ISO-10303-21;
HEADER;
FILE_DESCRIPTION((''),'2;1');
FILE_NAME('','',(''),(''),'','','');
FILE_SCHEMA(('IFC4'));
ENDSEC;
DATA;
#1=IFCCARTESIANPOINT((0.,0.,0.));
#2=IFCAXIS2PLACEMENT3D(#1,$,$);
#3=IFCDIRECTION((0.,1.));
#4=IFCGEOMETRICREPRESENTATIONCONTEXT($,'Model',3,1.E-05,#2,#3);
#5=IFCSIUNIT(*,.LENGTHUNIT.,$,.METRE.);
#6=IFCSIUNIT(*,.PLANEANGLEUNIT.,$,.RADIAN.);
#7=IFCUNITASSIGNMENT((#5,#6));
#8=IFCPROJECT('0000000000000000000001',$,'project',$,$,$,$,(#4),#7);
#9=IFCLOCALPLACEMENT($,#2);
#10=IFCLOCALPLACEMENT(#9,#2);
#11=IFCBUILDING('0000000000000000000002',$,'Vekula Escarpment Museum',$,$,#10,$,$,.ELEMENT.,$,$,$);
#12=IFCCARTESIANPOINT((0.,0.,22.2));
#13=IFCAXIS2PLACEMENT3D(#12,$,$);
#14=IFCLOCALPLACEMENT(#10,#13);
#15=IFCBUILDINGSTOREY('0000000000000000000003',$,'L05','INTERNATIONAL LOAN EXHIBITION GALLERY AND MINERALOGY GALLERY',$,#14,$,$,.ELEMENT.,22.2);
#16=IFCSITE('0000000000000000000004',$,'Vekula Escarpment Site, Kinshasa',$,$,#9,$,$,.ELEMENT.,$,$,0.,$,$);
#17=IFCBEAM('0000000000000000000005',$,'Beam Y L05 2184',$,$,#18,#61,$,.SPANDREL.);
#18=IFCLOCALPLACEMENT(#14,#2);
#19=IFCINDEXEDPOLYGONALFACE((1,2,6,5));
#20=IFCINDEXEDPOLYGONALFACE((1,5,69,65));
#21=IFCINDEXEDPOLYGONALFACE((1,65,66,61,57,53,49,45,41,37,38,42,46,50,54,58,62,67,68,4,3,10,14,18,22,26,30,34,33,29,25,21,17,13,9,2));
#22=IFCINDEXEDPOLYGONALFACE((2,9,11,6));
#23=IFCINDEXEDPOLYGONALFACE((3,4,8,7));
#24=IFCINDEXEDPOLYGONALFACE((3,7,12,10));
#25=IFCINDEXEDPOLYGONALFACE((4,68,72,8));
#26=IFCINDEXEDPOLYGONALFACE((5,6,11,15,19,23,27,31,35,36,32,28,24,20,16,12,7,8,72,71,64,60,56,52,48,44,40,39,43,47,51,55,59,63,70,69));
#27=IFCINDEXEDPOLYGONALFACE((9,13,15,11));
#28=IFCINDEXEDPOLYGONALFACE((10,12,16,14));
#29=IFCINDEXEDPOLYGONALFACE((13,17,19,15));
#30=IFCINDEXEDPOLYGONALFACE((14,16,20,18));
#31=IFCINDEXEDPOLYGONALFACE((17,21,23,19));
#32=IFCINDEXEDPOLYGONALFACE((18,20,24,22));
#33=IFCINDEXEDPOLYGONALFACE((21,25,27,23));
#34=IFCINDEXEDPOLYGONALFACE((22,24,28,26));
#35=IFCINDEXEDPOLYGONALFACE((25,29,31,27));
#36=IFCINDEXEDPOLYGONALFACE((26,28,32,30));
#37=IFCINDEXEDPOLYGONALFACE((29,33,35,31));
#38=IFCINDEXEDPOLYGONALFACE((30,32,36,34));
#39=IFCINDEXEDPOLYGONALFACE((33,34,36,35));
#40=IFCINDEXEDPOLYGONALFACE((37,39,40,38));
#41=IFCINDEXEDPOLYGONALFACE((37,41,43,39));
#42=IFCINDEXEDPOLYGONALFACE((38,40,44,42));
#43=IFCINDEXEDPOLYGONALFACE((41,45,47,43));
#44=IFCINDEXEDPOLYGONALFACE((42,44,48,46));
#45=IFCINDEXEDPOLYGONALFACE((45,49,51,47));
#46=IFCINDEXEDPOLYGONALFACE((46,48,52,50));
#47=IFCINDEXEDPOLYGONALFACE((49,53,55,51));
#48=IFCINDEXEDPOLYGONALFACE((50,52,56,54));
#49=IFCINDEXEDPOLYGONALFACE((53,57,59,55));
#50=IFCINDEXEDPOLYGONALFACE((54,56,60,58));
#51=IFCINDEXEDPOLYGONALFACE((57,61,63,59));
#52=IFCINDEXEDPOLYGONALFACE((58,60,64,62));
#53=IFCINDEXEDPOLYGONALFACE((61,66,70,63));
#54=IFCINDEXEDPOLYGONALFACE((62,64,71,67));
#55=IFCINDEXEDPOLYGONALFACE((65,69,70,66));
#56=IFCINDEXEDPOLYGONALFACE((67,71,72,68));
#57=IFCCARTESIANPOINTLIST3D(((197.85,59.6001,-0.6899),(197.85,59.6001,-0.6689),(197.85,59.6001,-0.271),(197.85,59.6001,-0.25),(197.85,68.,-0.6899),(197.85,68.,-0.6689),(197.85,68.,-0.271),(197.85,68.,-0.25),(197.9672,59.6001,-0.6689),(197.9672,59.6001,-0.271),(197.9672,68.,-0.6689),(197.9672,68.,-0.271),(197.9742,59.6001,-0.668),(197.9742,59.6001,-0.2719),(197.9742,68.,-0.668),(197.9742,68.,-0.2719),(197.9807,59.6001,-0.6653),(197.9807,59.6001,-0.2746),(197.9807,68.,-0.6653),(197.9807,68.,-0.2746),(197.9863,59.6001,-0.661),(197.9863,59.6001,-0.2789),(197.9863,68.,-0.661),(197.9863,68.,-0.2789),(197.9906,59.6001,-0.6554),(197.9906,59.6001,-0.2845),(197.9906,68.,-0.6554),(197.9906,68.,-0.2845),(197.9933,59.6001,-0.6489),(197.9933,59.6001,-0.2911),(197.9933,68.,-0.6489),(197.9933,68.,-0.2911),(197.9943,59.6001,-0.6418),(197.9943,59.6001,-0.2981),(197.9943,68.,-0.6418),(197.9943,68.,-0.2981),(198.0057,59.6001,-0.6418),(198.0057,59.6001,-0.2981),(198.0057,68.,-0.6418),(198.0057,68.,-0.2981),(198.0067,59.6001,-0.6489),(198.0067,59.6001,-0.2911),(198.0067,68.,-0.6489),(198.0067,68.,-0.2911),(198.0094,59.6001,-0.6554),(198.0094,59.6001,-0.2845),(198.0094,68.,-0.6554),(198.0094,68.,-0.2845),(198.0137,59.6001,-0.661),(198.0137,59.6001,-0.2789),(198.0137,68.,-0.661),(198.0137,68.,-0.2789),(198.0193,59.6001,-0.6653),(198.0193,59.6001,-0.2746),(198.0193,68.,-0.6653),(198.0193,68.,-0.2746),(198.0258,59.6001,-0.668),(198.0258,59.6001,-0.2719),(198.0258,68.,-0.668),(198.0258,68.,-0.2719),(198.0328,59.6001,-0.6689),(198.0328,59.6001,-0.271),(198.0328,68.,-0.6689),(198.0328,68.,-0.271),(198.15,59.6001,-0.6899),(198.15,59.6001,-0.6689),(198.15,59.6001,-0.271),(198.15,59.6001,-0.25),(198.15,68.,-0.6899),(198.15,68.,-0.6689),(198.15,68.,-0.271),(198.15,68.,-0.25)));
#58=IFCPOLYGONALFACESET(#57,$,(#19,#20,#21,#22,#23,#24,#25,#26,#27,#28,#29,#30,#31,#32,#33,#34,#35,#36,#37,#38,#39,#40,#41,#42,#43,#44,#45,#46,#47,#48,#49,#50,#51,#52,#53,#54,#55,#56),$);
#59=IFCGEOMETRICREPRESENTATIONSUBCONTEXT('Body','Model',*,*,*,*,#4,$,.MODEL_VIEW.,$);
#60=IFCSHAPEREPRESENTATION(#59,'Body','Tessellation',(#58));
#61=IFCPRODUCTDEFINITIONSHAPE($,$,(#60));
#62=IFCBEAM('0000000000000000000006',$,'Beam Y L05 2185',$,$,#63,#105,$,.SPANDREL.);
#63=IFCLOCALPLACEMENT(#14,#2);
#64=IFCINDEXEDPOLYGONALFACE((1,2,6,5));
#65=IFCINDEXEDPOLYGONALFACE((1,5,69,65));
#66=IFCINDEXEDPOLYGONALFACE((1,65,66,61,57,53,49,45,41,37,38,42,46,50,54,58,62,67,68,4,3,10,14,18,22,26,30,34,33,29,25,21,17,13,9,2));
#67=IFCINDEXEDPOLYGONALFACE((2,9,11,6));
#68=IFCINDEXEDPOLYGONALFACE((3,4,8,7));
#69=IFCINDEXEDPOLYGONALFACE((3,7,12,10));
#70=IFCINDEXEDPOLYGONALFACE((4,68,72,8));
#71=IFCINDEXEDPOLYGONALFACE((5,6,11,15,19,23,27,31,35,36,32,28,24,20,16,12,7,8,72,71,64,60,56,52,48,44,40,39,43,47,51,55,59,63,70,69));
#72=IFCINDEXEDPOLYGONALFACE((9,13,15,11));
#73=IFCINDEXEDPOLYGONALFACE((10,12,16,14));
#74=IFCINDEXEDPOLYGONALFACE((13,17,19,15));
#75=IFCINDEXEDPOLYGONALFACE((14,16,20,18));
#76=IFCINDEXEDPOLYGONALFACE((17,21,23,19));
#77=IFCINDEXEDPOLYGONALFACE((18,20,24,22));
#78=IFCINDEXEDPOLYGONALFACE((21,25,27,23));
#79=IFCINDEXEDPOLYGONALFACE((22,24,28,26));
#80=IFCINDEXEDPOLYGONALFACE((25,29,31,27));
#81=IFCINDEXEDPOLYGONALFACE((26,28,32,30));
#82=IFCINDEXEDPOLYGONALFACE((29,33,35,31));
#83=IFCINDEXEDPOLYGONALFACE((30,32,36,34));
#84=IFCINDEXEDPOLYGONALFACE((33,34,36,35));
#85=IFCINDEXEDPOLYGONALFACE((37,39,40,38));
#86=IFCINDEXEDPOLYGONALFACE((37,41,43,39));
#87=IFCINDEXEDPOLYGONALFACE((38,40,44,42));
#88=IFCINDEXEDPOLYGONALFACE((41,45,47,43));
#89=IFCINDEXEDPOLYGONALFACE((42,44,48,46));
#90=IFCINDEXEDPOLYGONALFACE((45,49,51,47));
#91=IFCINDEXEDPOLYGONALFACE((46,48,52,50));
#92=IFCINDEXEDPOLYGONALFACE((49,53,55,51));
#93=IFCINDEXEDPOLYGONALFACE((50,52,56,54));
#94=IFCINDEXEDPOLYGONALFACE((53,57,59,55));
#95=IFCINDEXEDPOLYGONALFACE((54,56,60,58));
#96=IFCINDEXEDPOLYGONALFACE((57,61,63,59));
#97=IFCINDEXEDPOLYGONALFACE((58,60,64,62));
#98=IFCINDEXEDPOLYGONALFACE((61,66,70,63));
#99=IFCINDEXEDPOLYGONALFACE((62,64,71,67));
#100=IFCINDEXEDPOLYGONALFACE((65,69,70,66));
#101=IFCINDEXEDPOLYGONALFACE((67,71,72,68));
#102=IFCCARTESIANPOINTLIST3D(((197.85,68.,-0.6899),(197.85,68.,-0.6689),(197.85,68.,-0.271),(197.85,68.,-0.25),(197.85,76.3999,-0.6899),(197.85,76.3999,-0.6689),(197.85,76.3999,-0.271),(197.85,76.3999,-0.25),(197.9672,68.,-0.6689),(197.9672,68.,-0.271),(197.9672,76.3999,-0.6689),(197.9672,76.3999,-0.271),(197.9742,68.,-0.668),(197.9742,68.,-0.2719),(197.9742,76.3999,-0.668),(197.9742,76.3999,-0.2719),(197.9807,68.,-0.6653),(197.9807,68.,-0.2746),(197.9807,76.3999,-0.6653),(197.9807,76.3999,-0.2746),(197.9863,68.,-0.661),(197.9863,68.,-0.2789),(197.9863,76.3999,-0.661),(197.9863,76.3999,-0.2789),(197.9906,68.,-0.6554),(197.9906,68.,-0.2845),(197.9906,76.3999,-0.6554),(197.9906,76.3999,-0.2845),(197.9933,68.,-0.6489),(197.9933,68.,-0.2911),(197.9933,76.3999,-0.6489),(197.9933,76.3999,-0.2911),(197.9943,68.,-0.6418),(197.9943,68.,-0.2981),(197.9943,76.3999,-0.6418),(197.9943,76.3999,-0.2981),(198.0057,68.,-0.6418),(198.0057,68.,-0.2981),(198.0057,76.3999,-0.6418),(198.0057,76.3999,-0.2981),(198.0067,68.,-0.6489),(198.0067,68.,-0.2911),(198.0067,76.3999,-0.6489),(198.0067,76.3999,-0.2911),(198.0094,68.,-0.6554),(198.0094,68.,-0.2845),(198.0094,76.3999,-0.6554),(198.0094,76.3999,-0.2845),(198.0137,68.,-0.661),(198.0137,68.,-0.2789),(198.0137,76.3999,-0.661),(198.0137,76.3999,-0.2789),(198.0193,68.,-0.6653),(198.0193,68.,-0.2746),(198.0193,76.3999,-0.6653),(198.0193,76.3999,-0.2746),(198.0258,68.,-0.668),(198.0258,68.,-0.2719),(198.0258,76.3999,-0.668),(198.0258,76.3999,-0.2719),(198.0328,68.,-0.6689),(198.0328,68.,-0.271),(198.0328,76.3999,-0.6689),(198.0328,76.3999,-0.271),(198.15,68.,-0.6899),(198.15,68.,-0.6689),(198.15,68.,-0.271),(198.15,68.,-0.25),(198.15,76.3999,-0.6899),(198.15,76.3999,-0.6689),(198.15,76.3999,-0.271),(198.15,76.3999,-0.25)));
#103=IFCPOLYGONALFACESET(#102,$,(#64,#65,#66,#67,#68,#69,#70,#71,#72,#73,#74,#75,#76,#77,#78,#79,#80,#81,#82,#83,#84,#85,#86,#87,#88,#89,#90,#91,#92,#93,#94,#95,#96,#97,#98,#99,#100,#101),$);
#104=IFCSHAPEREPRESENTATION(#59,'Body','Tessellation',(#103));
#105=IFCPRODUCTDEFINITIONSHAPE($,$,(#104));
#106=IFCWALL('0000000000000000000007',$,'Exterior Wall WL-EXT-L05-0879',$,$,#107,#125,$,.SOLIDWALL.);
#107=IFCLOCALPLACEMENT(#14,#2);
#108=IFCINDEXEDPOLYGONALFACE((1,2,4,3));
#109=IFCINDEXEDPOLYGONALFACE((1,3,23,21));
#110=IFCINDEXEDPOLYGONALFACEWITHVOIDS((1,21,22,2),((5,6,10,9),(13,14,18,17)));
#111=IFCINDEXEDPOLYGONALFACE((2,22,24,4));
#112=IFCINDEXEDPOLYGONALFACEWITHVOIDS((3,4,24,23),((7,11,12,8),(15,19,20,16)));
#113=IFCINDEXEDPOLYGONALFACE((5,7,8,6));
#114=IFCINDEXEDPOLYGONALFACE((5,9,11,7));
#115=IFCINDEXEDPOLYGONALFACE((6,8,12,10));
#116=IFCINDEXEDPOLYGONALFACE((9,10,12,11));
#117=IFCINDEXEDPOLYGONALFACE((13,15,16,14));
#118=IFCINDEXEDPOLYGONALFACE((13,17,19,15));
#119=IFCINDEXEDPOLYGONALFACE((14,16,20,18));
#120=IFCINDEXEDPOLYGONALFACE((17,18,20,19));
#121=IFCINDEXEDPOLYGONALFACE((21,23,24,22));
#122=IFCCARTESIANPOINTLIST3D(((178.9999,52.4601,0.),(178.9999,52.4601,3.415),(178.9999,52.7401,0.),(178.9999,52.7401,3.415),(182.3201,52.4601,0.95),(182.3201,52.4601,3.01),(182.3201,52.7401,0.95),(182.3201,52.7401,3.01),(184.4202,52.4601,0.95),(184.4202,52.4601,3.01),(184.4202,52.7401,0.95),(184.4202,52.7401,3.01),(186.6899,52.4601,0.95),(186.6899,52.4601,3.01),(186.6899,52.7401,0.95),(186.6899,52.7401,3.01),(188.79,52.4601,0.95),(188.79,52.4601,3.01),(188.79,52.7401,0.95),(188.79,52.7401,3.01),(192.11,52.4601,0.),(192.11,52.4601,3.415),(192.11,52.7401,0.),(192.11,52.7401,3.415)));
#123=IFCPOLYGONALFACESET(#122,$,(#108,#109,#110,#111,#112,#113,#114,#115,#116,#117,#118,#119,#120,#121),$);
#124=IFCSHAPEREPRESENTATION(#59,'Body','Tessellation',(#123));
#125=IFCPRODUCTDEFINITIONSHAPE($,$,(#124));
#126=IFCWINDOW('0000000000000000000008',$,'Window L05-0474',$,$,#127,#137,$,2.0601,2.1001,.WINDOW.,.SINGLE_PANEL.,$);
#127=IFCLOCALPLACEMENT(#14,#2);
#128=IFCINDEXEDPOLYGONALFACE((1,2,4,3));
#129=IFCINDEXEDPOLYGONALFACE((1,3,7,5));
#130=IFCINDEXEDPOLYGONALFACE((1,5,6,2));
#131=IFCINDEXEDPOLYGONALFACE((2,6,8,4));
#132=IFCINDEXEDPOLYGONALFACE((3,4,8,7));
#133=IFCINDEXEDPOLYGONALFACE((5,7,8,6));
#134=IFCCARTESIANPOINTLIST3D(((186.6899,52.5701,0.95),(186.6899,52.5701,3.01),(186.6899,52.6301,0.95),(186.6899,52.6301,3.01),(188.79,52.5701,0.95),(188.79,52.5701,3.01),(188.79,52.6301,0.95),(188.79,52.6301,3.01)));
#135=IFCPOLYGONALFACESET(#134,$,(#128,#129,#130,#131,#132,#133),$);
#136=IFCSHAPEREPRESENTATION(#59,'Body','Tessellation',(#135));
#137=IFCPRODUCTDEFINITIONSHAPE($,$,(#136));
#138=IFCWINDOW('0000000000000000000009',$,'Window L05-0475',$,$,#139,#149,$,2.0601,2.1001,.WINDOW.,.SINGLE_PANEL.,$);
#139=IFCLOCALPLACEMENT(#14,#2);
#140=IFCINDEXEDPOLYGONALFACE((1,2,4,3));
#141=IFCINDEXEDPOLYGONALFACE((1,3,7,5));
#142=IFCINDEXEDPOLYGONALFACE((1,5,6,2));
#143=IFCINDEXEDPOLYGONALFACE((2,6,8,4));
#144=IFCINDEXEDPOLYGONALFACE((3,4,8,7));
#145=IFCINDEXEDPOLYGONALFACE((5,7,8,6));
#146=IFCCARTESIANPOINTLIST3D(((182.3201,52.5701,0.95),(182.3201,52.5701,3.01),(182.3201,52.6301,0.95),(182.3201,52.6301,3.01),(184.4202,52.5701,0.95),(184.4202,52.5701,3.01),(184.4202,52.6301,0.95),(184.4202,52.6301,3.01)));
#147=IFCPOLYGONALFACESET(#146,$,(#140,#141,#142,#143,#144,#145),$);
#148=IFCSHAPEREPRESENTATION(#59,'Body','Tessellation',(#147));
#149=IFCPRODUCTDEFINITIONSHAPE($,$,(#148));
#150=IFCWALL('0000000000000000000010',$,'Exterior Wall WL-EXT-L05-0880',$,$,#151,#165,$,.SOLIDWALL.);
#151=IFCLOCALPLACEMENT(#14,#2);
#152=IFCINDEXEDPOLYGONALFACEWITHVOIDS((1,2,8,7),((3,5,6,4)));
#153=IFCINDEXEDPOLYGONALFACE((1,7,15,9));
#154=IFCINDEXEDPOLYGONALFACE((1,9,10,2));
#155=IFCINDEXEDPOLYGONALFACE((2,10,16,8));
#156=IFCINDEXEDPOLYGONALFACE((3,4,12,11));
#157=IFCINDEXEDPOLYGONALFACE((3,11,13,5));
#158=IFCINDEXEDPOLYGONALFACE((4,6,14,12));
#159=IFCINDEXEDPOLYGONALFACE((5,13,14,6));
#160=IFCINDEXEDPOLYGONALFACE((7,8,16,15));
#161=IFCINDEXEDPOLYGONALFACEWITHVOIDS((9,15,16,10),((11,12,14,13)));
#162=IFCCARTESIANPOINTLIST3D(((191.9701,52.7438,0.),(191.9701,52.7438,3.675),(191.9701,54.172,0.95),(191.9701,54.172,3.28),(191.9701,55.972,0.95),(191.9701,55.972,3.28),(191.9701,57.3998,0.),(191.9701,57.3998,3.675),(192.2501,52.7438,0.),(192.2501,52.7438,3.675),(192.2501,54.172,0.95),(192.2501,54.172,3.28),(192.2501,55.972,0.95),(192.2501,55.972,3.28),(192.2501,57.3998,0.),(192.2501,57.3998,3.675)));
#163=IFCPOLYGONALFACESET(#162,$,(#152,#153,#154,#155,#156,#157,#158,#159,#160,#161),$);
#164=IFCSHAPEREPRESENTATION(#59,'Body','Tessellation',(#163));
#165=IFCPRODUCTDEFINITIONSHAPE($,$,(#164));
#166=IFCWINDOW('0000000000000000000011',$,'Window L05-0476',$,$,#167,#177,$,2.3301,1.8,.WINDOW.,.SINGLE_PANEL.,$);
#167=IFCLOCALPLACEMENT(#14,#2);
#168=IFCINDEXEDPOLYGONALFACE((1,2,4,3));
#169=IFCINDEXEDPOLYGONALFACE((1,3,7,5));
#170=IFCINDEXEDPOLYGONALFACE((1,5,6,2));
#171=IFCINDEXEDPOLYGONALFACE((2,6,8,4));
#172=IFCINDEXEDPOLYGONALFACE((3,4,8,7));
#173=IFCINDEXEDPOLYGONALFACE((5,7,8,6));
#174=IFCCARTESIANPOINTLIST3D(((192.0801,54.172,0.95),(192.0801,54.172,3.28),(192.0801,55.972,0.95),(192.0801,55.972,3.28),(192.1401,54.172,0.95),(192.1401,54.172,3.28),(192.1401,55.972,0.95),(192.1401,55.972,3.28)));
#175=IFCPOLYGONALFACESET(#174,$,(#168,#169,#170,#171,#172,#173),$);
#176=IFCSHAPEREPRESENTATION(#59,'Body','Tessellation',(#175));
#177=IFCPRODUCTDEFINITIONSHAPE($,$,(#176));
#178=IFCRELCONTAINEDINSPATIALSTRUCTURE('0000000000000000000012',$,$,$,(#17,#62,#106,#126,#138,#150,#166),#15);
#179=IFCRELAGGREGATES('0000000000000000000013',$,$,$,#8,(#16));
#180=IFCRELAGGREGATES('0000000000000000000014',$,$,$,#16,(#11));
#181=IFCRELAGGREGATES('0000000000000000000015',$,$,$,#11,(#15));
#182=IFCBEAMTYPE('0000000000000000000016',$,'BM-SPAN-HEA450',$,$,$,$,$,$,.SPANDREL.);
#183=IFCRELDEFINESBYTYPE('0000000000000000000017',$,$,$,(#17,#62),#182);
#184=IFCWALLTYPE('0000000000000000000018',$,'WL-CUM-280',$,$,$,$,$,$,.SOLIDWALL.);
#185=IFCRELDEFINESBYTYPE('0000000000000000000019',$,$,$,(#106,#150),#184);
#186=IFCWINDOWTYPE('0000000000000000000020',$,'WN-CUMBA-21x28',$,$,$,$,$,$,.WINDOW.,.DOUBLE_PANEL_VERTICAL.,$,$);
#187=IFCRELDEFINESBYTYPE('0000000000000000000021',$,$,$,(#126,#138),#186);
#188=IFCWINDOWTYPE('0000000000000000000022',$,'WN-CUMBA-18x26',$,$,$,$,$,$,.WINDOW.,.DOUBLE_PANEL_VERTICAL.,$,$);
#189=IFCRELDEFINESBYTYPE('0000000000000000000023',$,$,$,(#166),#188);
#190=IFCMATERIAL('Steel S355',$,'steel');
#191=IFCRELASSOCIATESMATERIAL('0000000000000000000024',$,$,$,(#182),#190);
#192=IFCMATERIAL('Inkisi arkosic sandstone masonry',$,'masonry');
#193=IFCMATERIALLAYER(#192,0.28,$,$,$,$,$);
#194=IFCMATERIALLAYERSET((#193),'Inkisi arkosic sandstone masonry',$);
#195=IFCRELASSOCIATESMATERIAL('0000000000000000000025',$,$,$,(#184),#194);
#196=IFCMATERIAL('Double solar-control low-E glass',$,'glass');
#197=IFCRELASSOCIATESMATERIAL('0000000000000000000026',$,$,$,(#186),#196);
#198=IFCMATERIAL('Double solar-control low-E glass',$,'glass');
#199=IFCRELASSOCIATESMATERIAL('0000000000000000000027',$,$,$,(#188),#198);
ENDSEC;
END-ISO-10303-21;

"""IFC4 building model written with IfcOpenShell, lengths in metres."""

from ifc_helpers import new_model, si_unit, direction, frame, frame_2d, origin, origin_2d, place, context, subcontext, project, spatial, rectangle, i_section, extrude, material, layer, layer_set, material_profile, profile_set, type_object, element, fill, save


model = new_model("IFC4")

# Units and contexts
model_context = context("Model", 3, precision=1e-05, world=origin(), true_north=direction((0.0, 1.0)))
body_context = subcontext(model_context, "Body", "Model", "MODEL_VIEW")
ifc_project = project(units=[si_unit("LENGTHUNIT", "METRE"), si_unit("PLANEANGLEUNIT", "RADIAN")], contexts=[model_context])

# Site, building, storey
site_placement = place(None, origin())
site = spatial("IfcSite", under=ifc_project, at=site_placement, Name="Vekula Escarpment Site, Kinshasa", CompositionType="ELEMENT", RefElevation=0.0)
building_placement = place(site_placement, origin())
building = spatial("IfcBuilding", under=site, at=building_placement, Name="Vekula Escarpment Museum", CompositionType="ELEMENT")
storey_placement = place(building_placement, frame((0.0, 0.0, 22.2)))
storey = spatial("IfcBuildingStorey", under=building, at=storey_placement, Name="L05", Description="INTERNATIONAL LOAN EXHIBITION GALLERY AND MINERALOGY GALLERY", CompositionType="ELEMENT", Elevation=22.2)

# Beams
ifc_material_1 = material(Name="Steel S355", Category="steel")
ifc_material_profile_1 = material_profile(ifc_material_1, i_section(OverallWidth=0.3, OverallDepth=0.4399, WebThickness=0.0115, FlangeThickness=0.021, FilletRadius=0.0271, at=origin_2d()), Name="HEA 450")
ifc_profile_set_1 = profile_set([ifc_material_profile_1], Name="Steel S355")
beam_type_1 = type_object("IfcBeamType", Name="BM-SPAN-HEA450", PredefinedType="SPANDREL", material=ifc_profile_set_1)
for number, where, z_axis, x_axis, name in (
    (1, (198.0, 59.6001, -0.47), (0.0, 1.0, 0.0), (-1.0, 0.0, 0.0), "Beam Y L05 2184"),
    (2, (198.0, 68.0, -0.47), (0.0, 1.0, 0.0), (-1.0, 0.0, 0.0), "Beam Y L05 2185"),
):
    element("IfcBeam", number, at=place(storey_placement, frame(where, z_axis=z_axis, x_axis=x_axis)), inside=storey, type_object=beam_type_1, Name=name, PredefinedType="SPANDREL", context=body_context, shape_type="SweptSolid", body=[
        extrude(i_section(OverallWidth=0.3, OverallDepth=0.4399, WebThickness=0.0115, FlangeThickness=0.021, FilletRadius=0.0271, at=origin_2d()), origin(), (0.0, 0.0, 1.0), 8.3999),
    ])

# Wall, openings, windows
ifc_material_2 = material(Name="Inkisi arkosic sandstone masonry", Category="masonry")
ifc_layer_1 = layer(ifc_material_2, 0.28)
ifc_layer_set_1 = layer_set([ifc_layer_1], Name="Inkisi arkosic sandstone masonry")
wall_type = type_object("IfcWallType", Name="WL-CUM-280", PredefinedType="SOLIDWALL", material=ifc_layer_set_1)
wall_1_placement = place(storey_placement, frame((192.1101, 52.6001, 0.0), z_axis=(0.0, 0.0, 1.0), x_axis=(-1.0, 0.0, 0.0)))
wall_1 = element("IfcWall", 3, at=wall_1_placement, inside=storey, type_object=wall_type, Name="Exterior Wall WL-EXT-L05-0879", PredefinedType="SOLIDWALL", context=body_context, shape_type="SweptSolid", body=[
    extrude(rectangle(XDim=13.1101, YDim=0.28, at=frame_2d((6.5552, 0.0))), origin(), (0.0, 0.0, 1.0), 3.415),
])
opening_1_placement = place(wall_1_placement, frame((3.3201, 0.0, 0.95)))
opening_1 = element("IfcOpeningElement", 4, at=opening_1_placement, cuts=wall_1, PredefinedType="OPENING", context=body_context, shape_type="SweptSolid", body=[
    extrude(rectangle(XDim=2.1001, YDim=2.0601, at=frame_2d((1.05, 1.03))), frame((0.0, 0.1499, 0.0), z_axis=(0.0, -1.0, 0.0), x_axis=(1.0, 0.0, 0.0)), (0.0, 0.0, 1.0), 0.3),
])
opening_2_placement = place(wall_1_placement, frame((7.6899, 0.0, 0.95)))
opening_2 = element("IfcOpeningElement", 5, at=opening_2_placement, cuts=wall_1, PredefinedType="OPENING", context=body_context, shape_type="SweptSolid", body=[
    extrude(rectangle(XDim=2.1001, YDim=2.0601, at=frame_2d((1.05, 1.03))), frame((0.0, 0.1499, 0.0), z_axis=(0.0, -1.0, 0.0), x_axis=(1.0, 0.0, 0.0)), (0.0, 0.0, 1.0), 0.3),
])
ifc_material_3 = material(Name="Double solar-control low-E glass", Category="glass")
window_type_1 = type_object("IfcWindowType", Name="WN-CUMBA-21x28", PartitioningType="DOUBLE_PANEL_VERTICAL", PredefinedType="WINDOW", material=ifc_material_3)
window_1_placement = place(opening_1_placement, origin())
window_1 = element("IfcWindow", 6, at=window_1_placement, inside=storey, type_object=window_type_1, Name="Window L05-0474", OverallHeight=2.0601, OverallWidth=2.1001, PartitioningType="SINGLE_PANEL", PredefinedType="WINDOW", context=body_context, shape_type="SweptSolid", body=[
    extrude(rectangle(XDim=2.1001, YDim=2.0601, at=frame_2d((1.05, 1.03))), frame((0.0, 0.03, 0.0), z_axis=(0.0, -1.0, 0.0), x_axis=(1.0, 0.0, 0.0)), (0.0, 0.0, 1.0), 0.0601),
])
fill(opening_1, window_1)
window_2_placement = place(opening_2_placement, origin())
window_2 = element("IfcWindow", 7, at=window_2_placement, inside=storey, type_object=window_type_1, Name="Window L05-0475", OverallHeight=2.0601, OverallWidth=2.1001, PartitioningType="SINGLE_PANEL", PredefinedType="WINDOW", context=body_context, shape_type="SweptSolid", body=[
    extrude(rectangle(XDim=2.1001, YDim=2.0601, at=frame_2d((1.05, 1.03))), frame((0.0, 0.03, 0.0), z_axis=(0.0, -1.0, 0.0), x_axis=(1.0, 0.0, 0.0)), (0.0, 0.0, 1.0), 0.0601),
])
fill(opening_2, window_2)

# Wall, opening, window
wall_2_placement = place(storey_placement, frame((192.1101, 57.3999, 0.0), z_axis=(0.0, 0.0, 1.0), x_axis=(0.0, -1.0, 0.0)))
wall_2 = element("IfcWall", 8, at=wall_2_placement, inside=storey, type_object=wall_type, Name="Exterior Wall WL-EXT-L05-0880", PredefinedType="SOLIDWALL", context=body_context, shape_type="SweptSolid", body=[
    extrude(rectangle(XDim=4.656, YDim=0.28, at=frame_2d((2.3281, 0.0))), origin(), (0.0, 0.0, 1.0), 3.675),
])
opening_3_placement = place(wall_2_placement, frame((1.428, 0.0, 0.95)))
opening_3 = element("IfcOpeningElement", 9, at=opening_3_placement, cuts=wall_2, PredefinedType="OPENING", context=body_context, shape_type="SweptSolid", body=[
    extrude(rectangle(XDim=1.8, YDim=2.3301, at=frame_2d((0.8999, 1.165))), frame((0.0, 0.1499, 0.0), z_axis=(0.0, -1.0, 0.0), x_axis=(1.0, 0.0, 0.0)), (0.0, 0.0, 1.0), 0.3),
])
ifc_material_4 = material(Name="Double solar-control low-E glass", Category="glass")
window_type_2 = type_object("IfcWindowType", Name="WN-CUMBA-18x26", PartitioningType="DOUBLE_PANEL_VERTICAL", PredefinedType="WINDOW", material=ifc_material_4)
window_3_placement = place(opening_3_placement, origin())
window_3 = element("IfcWindow", 10, at=window_3_placement, inside=storey, type_object=window_type_2, Name="Window L05-0476", OverallHeight=2.3301, OverallWidth=1.8, PartitioningType="SINGLE_PANEL", PredefinedType="WINDOW", context=body_context, shape_type="SweptSolid", body=[
    extrude(rectangle(XDim=1.8, YDim=2.3301, at=frame_2d((0.8999, 1.165))), frame((0.0, 0.03, 0.0), z_axis=(0.0, -1.0, 0.0), x_axis=(1.0, 0.0, 0.0)), (0.0, 0.0, 1.0), 0.0601),
])
fill(opening_3, window_3)

save(model, "model.ifc")
